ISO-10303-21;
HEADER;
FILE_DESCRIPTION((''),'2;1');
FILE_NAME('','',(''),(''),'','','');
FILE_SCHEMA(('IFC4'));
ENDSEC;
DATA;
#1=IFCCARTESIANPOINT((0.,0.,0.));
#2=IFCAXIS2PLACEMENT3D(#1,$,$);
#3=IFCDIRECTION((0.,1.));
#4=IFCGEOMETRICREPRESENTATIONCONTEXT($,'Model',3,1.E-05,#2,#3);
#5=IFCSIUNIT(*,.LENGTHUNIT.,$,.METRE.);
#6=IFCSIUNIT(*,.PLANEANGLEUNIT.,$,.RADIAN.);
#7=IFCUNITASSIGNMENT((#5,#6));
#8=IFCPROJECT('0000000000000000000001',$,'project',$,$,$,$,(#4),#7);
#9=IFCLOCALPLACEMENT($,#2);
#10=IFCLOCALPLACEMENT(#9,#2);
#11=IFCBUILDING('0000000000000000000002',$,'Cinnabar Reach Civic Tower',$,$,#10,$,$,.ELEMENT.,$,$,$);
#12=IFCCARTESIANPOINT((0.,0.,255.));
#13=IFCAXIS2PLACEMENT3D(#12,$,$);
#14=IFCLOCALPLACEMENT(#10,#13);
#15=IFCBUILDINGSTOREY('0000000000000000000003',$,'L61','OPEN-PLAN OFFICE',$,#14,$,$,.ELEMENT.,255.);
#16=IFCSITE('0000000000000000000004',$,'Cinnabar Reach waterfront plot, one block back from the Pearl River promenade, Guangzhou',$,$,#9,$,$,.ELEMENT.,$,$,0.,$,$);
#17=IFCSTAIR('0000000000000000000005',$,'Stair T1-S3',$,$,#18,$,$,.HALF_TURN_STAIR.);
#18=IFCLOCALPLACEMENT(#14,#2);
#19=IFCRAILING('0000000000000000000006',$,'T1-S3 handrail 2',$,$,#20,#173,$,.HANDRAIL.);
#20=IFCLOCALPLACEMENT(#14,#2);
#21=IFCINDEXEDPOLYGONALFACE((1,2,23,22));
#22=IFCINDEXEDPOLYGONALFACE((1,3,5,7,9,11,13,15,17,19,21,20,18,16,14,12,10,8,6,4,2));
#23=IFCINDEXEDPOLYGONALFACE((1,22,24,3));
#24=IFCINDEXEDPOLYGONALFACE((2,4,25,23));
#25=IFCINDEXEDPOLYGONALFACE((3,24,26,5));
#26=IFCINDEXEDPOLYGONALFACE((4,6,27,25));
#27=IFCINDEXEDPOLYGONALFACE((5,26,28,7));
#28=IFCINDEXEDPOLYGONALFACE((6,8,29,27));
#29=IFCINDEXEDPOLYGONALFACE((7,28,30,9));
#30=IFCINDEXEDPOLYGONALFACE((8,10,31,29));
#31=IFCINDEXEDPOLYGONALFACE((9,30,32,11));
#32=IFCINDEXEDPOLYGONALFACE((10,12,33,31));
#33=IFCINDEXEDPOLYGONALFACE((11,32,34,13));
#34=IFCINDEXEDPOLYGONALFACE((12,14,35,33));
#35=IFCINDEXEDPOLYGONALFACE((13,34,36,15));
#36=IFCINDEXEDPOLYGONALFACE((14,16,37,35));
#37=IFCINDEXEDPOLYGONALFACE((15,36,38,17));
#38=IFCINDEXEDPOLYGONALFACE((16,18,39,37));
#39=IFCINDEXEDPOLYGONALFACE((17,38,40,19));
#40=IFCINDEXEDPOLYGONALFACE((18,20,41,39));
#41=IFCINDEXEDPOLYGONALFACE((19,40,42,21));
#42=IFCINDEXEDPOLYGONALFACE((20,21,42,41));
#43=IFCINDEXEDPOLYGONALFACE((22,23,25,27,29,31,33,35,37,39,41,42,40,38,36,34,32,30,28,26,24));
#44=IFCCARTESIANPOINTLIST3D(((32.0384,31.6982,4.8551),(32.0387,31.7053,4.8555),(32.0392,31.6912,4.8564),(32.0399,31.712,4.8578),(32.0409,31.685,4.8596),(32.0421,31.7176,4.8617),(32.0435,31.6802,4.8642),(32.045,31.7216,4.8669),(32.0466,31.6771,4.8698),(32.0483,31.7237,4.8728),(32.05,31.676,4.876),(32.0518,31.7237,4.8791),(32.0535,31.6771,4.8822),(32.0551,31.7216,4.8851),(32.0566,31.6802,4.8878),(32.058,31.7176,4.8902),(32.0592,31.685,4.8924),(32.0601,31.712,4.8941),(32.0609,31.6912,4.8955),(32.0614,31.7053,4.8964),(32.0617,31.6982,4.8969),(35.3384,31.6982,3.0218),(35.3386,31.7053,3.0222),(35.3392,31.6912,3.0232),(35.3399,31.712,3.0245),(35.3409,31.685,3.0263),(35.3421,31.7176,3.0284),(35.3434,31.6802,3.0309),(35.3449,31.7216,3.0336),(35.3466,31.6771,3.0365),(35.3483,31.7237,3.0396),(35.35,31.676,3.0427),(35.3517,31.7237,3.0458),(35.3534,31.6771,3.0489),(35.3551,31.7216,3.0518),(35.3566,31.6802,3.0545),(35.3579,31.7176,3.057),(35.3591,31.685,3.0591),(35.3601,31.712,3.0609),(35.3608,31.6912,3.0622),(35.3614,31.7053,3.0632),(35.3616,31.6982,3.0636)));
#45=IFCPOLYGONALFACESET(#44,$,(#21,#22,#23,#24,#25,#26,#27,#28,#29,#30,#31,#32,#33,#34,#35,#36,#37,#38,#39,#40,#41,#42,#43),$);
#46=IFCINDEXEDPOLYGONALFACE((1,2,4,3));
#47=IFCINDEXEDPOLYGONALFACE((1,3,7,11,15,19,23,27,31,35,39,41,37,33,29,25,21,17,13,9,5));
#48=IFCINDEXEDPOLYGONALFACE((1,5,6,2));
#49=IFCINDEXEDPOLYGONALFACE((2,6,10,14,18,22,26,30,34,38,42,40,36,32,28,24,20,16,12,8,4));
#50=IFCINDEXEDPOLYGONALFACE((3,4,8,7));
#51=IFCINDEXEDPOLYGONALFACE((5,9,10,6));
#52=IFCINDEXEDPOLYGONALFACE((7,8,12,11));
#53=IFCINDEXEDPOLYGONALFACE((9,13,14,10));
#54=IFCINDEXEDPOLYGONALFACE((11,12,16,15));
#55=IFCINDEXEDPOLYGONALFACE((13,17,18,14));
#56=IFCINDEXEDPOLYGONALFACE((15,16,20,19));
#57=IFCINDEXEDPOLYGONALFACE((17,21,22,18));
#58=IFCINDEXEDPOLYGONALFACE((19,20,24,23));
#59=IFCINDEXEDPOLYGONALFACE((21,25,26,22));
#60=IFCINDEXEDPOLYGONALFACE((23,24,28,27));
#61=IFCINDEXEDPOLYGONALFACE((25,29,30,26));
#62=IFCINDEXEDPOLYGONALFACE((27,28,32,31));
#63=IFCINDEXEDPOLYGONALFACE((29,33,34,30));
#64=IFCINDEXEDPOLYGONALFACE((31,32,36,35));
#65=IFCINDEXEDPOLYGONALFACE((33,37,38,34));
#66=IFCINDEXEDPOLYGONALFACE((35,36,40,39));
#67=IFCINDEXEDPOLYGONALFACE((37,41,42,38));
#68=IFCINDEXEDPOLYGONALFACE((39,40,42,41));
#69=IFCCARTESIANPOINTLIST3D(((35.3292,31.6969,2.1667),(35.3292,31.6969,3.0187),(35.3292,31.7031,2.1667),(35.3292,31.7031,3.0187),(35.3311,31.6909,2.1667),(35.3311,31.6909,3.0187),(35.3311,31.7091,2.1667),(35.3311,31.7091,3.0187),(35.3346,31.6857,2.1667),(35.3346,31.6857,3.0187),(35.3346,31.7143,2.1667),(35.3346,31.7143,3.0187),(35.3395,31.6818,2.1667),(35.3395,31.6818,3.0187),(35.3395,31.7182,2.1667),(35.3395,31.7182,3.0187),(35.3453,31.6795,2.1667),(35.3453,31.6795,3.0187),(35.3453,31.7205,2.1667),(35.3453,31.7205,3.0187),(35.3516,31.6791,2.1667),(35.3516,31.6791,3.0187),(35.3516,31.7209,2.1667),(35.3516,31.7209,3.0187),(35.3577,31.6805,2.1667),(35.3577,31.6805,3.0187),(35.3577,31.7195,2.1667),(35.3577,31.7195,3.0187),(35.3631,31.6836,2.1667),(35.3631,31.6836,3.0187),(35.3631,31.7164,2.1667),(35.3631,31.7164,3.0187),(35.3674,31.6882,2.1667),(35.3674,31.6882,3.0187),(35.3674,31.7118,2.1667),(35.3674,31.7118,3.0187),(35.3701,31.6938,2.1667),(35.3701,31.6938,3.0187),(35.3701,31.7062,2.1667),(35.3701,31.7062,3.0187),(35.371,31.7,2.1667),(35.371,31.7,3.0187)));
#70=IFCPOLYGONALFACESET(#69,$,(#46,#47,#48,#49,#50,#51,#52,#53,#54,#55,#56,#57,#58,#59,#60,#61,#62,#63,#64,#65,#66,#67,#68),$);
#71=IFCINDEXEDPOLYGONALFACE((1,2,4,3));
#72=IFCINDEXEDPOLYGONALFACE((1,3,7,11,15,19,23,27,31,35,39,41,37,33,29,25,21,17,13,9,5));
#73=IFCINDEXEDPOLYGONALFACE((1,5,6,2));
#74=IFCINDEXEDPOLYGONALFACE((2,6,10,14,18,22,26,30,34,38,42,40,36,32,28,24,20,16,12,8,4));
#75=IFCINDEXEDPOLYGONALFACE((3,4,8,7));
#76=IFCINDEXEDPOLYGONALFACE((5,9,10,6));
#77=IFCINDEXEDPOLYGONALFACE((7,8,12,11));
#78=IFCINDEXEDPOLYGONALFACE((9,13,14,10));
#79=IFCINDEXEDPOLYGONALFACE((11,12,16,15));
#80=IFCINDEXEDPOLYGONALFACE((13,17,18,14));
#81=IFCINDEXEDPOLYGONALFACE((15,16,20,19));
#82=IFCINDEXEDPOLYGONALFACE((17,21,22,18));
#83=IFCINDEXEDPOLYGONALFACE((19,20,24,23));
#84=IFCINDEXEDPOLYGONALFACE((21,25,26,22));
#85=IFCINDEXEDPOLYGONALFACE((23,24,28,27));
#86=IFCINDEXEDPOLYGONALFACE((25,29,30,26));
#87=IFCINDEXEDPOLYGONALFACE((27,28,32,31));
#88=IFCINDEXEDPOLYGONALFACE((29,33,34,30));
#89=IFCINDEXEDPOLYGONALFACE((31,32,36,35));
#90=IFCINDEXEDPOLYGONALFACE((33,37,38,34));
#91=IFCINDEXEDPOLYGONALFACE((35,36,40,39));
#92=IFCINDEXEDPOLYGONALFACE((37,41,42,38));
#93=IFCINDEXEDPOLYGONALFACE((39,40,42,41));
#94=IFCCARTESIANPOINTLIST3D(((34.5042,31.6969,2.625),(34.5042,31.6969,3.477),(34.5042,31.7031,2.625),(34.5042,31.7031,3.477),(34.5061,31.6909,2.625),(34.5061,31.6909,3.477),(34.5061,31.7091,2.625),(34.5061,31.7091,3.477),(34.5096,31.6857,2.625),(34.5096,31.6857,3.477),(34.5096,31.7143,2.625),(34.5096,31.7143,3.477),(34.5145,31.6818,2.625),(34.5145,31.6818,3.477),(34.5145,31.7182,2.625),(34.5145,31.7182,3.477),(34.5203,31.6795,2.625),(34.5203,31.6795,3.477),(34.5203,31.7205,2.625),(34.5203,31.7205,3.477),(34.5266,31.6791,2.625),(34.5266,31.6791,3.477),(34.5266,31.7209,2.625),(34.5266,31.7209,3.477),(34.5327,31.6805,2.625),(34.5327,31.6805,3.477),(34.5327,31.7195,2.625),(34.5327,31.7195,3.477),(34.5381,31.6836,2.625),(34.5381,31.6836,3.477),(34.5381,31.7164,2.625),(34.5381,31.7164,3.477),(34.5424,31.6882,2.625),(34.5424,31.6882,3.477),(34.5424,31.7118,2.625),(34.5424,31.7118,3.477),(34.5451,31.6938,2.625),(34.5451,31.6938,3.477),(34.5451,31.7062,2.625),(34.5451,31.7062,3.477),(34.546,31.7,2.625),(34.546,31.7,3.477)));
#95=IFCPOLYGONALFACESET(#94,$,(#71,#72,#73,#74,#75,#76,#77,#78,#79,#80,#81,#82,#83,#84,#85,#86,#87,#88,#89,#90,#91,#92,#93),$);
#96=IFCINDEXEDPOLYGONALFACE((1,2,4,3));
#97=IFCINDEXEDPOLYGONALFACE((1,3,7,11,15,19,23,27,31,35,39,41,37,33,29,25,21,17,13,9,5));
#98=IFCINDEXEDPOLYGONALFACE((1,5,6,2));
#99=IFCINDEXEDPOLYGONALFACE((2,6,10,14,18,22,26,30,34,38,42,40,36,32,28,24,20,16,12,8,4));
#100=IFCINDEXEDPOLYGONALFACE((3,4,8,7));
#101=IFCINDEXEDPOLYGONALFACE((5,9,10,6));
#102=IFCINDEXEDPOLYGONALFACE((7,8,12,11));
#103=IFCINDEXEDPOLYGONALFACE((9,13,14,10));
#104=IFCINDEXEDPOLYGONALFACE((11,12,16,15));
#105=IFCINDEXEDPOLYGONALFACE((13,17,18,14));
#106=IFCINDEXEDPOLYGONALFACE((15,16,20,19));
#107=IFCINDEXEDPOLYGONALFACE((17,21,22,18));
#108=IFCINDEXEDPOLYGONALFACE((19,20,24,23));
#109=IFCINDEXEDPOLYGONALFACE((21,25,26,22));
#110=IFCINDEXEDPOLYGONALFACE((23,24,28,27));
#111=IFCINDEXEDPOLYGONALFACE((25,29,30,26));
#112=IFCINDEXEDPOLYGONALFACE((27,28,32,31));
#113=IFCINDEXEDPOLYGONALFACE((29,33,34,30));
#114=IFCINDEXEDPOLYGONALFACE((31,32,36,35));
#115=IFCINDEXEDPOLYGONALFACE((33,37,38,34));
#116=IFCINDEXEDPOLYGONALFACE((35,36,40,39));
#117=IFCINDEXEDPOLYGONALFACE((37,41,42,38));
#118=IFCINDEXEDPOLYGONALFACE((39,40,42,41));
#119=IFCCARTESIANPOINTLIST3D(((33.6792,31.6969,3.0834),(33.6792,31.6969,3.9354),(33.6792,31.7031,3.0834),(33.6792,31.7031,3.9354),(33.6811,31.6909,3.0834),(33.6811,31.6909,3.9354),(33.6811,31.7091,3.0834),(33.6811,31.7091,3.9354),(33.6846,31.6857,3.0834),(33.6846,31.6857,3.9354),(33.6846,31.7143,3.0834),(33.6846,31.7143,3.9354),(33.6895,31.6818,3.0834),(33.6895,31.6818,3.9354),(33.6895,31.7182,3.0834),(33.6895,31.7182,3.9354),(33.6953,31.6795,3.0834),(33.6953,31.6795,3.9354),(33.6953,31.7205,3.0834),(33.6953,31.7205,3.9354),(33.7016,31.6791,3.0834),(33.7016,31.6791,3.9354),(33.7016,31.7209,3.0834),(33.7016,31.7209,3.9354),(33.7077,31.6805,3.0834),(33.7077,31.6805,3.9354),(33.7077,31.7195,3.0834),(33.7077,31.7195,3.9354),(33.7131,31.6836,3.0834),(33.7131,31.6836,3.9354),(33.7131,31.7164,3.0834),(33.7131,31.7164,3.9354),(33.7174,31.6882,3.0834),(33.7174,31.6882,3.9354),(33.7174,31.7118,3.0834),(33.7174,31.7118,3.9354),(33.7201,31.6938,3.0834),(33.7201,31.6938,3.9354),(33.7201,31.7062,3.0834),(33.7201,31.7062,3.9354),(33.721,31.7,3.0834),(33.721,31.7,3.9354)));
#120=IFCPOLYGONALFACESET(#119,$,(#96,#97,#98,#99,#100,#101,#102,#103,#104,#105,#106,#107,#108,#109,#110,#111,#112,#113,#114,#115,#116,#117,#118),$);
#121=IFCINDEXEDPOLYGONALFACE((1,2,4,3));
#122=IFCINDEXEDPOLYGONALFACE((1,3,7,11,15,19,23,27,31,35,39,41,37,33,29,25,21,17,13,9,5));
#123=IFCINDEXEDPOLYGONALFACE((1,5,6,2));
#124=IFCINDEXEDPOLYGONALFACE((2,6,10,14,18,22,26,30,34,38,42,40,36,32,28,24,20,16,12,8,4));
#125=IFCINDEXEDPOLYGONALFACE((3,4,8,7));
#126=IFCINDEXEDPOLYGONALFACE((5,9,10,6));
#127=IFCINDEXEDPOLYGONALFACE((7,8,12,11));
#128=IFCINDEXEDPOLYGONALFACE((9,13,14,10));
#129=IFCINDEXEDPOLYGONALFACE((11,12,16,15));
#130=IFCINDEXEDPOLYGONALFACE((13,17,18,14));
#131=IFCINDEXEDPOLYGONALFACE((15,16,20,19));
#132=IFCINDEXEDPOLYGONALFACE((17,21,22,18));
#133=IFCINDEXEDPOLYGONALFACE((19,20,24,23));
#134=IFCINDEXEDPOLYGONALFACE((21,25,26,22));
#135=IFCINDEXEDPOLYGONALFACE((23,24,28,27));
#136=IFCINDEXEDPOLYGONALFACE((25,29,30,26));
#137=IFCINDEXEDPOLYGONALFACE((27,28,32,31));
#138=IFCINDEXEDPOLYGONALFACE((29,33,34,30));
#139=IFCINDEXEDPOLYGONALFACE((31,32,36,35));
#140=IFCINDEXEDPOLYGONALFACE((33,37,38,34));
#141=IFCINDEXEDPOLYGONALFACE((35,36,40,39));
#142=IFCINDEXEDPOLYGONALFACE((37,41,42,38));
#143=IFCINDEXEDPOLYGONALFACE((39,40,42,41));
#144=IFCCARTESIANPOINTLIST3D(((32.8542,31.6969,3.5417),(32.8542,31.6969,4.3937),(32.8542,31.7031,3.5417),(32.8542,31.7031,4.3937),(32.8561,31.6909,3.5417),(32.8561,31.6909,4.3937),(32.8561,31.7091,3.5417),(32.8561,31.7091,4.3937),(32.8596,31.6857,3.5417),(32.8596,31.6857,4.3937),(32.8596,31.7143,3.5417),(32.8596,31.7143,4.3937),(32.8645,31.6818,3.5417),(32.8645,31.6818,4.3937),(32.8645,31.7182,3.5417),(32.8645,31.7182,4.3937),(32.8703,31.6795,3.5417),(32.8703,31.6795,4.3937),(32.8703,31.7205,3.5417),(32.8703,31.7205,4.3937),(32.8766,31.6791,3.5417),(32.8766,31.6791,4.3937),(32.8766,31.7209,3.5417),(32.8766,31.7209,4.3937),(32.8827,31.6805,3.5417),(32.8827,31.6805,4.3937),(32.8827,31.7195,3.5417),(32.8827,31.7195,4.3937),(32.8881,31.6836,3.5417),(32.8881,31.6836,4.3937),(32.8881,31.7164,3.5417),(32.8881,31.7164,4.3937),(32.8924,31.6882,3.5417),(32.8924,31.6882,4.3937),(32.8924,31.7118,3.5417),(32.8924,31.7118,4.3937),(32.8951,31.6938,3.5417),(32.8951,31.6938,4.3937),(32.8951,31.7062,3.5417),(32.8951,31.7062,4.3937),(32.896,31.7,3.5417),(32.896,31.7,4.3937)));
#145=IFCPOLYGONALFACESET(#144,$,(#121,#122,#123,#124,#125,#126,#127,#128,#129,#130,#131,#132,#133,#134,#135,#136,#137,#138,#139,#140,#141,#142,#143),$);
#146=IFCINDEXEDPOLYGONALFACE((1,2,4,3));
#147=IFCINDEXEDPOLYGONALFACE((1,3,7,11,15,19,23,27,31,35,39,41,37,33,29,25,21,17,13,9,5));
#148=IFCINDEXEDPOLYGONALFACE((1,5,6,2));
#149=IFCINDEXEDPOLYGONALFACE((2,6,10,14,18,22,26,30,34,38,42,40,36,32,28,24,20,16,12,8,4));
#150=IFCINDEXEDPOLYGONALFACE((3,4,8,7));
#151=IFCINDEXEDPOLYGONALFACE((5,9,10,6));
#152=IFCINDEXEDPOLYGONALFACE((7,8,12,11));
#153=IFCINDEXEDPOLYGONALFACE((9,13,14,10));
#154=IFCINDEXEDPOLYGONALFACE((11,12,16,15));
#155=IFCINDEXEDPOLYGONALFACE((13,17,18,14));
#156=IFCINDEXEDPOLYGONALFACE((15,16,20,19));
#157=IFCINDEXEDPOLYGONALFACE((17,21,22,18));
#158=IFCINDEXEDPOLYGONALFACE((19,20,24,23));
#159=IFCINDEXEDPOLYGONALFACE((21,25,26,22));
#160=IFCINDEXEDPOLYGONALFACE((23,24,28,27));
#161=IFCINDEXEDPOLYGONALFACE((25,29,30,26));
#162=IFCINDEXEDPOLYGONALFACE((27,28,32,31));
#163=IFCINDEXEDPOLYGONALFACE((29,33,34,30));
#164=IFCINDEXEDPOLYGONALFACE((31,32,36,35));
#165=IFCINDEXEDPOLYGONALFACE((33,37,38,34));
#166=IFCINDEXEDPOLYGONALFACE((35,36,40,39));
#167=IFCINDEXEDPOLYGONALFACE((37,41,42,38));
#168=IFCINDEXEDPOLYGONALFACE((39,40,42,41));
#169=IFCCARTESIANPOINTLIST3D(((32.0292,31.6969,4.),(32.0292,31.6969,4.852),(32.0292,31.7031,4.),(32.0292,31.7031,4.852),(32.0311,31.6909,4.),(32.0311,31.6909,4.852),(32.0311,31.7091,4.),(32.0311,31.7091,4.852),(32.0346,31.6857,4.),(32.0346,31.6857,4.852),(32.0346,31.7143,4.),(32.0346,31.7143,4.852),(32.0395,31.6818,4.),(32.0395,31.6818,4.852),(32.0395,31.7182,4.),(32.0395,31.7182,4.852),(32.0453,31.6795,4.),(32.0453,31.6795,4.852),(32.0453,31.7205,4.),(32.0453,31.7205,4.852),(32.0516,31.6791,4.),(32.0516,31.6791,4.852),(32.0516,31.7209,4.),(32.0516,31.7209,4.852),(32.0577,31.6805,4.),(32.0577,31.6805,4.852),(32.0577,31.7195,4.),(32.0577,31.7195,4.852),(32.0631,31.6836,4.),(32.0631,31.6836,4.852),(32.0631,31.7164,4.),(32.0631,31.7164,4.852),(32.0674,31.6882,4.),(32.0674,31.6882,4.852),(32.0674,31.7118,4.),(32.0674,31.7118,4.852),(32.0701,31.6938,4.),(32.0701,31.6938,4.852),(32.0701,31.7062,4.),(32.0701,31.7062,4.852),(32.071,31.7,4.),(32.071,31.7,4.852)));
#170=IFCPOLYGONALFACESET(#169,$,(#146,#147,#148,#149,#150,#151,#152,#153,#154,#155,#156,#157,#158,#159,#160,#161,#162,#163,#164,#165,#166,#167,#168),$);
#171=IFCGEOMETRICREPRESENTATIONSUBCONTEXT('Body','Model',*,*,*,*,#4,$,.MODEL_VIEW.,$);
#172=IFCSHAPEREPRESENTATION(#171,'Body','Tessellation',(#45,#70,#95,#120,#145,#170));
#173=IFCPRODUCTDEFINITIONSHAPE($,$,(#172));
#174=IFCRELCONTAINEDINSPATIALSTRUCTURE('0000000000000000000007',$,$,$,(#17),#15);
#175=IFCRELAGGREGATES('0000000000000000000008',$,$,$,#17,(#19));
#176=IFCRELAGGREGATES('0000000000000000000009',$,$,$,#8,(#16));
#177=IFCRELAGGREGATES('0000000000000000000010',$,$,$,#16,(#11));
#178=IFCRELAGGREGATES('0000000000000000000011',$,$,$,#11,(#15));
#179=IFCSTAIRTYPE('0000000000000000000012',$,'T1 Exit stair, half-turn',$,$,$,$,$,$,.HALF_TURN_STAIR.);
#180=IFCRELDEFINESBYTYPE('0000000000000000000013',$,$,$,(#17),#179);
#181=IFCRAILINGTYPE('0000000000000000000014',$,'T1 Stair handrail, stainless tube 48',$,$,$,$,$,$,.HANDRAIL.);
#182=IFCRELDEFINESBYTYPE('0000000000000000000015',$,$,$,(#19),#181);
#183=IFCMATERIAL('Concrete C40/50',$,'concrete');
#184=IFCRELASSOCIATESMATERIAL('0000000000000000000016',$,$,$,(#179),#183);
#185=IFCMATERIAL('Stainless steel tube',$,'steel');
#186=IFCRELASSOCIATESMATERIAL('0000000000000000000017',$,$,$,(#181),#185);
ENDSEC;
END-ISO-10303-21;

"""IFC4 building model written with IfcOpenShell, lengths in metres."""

from ifc_helpers import new_model, si_unit, direction, frame, origin, origin_2d, place, context, subcontext, project, spatial, circle, extrude, material, type_object, element, aggregate, save


model = new_model("IFC4")

# Units and contexts
model_context = context("Model", 3, precision=1e-05, world=origin(), true_north=direction((0.0, 1.0)))
body_context = subcontext(model_context, "Body", "Model", "MODEL_VIEW")
ifc_project = project(units=[si_unit("LENGTHUNIT", "METRE"), si_unit("PLANEANGLEUNIT", "RADIAN")], contexts=[model_context])

# Site, building, storey
site_placement = place(None, origin())
site = spatial("IfcSite", under=ifc_project, at=site_placement, Name="Cinnabar Reach waterfront plot, one block back from the Pearl River promenade, Guangzhou", CompositionType="ELEMENT", RefElevation=0.0)
building_placement = place(site_placement, origin())
building = spatial("IfcBuilding", under=site, at=building_placement, Name="Cinnabar Reach Civic Tower", CompositionType="ELEMENT")
storey_placement = place(building_placement, frame((0.0, 0.0, 255.0)))
storey = spatial("IfcBuildingStorey", under=building, at=storey_placement, Name="L61", Description="OPEN-PLAN OFFICE", CompositionType="ELEMENT", Elevation=255.0)

# Stair, railing
ifc_material_1 = material(Name="Concrete C40/50", Category="concrete")
stair_type = type_object("IfcStairType", Name="T1 Exit stair, half-turn", PredefinedType="HALF_TURN_STAIR", material=ifc_material_1)
stair_placement = place(storey_placement, origin())
stair = element("IfcStair", 1, at=stair_placement, inside=storey, type_object=stair_type, Name="Stair T1-S3", PredefinedType="HALF_TURN_STAIR")
ifc_material_2 = material(Name="Stainless steel tube", Category="steel")
railing_type = type_object("IfcRailingType", Name="T1 Stair handrail, stainless tube 48", PredefinedType="HANDRAIL", material=ifc_material_2)
railing_1_placement = place(storey_placement, frame((35.35, 31.7, 2.1667)))
railing_1 = element("IfcRailing", 2, at=railing_1_placement, type_object=railing_type, Name="T1-S3 handrail 2", PredefinedType="HANDRAIL", context=body_context, shape_type="SweptSolid", body=[
    extrude(circle(Radius=0.024, at=origin_2d()), frame((0.0, 0.0, 0.876), z_axis=(-0.874161, 0.0, 0.485636), x_axis=(0.0, -1.0, 0.0)), (0.0, 0.0, 1.0), 3.775),
    extrude(circle(Radius=0.021, at=origin_2d()), origin(), (0.0, 0.0, 1.0), 0.852),
    extrude(circle(Radius=0.021, at=origin_2d()), frame((-0.825, 0.0, 0.4583)), (0.0, 0.0, 1.0), 0.852),
    extrude(circle(Radius=0.021, at=origin_2d()), frame((-1.65, 0.0, 0.9167)), (0.0, 0.0, 1.0), 0.852),
    extrude(circle(Radius=0.021, at=origin_2d()), frame((-2.475, 0.0, 1.375)), (0.0, 0.0, 1.0), 0.852),
    extrude(circle(Radius=0.021, at=origin_2d()), frame((-3.3, 0.0, 1.8333)), (0.0, 0.0, 1.0), 0.852),
])
aggregate(stair, [railing_1])

save(model, "model.ifc")
